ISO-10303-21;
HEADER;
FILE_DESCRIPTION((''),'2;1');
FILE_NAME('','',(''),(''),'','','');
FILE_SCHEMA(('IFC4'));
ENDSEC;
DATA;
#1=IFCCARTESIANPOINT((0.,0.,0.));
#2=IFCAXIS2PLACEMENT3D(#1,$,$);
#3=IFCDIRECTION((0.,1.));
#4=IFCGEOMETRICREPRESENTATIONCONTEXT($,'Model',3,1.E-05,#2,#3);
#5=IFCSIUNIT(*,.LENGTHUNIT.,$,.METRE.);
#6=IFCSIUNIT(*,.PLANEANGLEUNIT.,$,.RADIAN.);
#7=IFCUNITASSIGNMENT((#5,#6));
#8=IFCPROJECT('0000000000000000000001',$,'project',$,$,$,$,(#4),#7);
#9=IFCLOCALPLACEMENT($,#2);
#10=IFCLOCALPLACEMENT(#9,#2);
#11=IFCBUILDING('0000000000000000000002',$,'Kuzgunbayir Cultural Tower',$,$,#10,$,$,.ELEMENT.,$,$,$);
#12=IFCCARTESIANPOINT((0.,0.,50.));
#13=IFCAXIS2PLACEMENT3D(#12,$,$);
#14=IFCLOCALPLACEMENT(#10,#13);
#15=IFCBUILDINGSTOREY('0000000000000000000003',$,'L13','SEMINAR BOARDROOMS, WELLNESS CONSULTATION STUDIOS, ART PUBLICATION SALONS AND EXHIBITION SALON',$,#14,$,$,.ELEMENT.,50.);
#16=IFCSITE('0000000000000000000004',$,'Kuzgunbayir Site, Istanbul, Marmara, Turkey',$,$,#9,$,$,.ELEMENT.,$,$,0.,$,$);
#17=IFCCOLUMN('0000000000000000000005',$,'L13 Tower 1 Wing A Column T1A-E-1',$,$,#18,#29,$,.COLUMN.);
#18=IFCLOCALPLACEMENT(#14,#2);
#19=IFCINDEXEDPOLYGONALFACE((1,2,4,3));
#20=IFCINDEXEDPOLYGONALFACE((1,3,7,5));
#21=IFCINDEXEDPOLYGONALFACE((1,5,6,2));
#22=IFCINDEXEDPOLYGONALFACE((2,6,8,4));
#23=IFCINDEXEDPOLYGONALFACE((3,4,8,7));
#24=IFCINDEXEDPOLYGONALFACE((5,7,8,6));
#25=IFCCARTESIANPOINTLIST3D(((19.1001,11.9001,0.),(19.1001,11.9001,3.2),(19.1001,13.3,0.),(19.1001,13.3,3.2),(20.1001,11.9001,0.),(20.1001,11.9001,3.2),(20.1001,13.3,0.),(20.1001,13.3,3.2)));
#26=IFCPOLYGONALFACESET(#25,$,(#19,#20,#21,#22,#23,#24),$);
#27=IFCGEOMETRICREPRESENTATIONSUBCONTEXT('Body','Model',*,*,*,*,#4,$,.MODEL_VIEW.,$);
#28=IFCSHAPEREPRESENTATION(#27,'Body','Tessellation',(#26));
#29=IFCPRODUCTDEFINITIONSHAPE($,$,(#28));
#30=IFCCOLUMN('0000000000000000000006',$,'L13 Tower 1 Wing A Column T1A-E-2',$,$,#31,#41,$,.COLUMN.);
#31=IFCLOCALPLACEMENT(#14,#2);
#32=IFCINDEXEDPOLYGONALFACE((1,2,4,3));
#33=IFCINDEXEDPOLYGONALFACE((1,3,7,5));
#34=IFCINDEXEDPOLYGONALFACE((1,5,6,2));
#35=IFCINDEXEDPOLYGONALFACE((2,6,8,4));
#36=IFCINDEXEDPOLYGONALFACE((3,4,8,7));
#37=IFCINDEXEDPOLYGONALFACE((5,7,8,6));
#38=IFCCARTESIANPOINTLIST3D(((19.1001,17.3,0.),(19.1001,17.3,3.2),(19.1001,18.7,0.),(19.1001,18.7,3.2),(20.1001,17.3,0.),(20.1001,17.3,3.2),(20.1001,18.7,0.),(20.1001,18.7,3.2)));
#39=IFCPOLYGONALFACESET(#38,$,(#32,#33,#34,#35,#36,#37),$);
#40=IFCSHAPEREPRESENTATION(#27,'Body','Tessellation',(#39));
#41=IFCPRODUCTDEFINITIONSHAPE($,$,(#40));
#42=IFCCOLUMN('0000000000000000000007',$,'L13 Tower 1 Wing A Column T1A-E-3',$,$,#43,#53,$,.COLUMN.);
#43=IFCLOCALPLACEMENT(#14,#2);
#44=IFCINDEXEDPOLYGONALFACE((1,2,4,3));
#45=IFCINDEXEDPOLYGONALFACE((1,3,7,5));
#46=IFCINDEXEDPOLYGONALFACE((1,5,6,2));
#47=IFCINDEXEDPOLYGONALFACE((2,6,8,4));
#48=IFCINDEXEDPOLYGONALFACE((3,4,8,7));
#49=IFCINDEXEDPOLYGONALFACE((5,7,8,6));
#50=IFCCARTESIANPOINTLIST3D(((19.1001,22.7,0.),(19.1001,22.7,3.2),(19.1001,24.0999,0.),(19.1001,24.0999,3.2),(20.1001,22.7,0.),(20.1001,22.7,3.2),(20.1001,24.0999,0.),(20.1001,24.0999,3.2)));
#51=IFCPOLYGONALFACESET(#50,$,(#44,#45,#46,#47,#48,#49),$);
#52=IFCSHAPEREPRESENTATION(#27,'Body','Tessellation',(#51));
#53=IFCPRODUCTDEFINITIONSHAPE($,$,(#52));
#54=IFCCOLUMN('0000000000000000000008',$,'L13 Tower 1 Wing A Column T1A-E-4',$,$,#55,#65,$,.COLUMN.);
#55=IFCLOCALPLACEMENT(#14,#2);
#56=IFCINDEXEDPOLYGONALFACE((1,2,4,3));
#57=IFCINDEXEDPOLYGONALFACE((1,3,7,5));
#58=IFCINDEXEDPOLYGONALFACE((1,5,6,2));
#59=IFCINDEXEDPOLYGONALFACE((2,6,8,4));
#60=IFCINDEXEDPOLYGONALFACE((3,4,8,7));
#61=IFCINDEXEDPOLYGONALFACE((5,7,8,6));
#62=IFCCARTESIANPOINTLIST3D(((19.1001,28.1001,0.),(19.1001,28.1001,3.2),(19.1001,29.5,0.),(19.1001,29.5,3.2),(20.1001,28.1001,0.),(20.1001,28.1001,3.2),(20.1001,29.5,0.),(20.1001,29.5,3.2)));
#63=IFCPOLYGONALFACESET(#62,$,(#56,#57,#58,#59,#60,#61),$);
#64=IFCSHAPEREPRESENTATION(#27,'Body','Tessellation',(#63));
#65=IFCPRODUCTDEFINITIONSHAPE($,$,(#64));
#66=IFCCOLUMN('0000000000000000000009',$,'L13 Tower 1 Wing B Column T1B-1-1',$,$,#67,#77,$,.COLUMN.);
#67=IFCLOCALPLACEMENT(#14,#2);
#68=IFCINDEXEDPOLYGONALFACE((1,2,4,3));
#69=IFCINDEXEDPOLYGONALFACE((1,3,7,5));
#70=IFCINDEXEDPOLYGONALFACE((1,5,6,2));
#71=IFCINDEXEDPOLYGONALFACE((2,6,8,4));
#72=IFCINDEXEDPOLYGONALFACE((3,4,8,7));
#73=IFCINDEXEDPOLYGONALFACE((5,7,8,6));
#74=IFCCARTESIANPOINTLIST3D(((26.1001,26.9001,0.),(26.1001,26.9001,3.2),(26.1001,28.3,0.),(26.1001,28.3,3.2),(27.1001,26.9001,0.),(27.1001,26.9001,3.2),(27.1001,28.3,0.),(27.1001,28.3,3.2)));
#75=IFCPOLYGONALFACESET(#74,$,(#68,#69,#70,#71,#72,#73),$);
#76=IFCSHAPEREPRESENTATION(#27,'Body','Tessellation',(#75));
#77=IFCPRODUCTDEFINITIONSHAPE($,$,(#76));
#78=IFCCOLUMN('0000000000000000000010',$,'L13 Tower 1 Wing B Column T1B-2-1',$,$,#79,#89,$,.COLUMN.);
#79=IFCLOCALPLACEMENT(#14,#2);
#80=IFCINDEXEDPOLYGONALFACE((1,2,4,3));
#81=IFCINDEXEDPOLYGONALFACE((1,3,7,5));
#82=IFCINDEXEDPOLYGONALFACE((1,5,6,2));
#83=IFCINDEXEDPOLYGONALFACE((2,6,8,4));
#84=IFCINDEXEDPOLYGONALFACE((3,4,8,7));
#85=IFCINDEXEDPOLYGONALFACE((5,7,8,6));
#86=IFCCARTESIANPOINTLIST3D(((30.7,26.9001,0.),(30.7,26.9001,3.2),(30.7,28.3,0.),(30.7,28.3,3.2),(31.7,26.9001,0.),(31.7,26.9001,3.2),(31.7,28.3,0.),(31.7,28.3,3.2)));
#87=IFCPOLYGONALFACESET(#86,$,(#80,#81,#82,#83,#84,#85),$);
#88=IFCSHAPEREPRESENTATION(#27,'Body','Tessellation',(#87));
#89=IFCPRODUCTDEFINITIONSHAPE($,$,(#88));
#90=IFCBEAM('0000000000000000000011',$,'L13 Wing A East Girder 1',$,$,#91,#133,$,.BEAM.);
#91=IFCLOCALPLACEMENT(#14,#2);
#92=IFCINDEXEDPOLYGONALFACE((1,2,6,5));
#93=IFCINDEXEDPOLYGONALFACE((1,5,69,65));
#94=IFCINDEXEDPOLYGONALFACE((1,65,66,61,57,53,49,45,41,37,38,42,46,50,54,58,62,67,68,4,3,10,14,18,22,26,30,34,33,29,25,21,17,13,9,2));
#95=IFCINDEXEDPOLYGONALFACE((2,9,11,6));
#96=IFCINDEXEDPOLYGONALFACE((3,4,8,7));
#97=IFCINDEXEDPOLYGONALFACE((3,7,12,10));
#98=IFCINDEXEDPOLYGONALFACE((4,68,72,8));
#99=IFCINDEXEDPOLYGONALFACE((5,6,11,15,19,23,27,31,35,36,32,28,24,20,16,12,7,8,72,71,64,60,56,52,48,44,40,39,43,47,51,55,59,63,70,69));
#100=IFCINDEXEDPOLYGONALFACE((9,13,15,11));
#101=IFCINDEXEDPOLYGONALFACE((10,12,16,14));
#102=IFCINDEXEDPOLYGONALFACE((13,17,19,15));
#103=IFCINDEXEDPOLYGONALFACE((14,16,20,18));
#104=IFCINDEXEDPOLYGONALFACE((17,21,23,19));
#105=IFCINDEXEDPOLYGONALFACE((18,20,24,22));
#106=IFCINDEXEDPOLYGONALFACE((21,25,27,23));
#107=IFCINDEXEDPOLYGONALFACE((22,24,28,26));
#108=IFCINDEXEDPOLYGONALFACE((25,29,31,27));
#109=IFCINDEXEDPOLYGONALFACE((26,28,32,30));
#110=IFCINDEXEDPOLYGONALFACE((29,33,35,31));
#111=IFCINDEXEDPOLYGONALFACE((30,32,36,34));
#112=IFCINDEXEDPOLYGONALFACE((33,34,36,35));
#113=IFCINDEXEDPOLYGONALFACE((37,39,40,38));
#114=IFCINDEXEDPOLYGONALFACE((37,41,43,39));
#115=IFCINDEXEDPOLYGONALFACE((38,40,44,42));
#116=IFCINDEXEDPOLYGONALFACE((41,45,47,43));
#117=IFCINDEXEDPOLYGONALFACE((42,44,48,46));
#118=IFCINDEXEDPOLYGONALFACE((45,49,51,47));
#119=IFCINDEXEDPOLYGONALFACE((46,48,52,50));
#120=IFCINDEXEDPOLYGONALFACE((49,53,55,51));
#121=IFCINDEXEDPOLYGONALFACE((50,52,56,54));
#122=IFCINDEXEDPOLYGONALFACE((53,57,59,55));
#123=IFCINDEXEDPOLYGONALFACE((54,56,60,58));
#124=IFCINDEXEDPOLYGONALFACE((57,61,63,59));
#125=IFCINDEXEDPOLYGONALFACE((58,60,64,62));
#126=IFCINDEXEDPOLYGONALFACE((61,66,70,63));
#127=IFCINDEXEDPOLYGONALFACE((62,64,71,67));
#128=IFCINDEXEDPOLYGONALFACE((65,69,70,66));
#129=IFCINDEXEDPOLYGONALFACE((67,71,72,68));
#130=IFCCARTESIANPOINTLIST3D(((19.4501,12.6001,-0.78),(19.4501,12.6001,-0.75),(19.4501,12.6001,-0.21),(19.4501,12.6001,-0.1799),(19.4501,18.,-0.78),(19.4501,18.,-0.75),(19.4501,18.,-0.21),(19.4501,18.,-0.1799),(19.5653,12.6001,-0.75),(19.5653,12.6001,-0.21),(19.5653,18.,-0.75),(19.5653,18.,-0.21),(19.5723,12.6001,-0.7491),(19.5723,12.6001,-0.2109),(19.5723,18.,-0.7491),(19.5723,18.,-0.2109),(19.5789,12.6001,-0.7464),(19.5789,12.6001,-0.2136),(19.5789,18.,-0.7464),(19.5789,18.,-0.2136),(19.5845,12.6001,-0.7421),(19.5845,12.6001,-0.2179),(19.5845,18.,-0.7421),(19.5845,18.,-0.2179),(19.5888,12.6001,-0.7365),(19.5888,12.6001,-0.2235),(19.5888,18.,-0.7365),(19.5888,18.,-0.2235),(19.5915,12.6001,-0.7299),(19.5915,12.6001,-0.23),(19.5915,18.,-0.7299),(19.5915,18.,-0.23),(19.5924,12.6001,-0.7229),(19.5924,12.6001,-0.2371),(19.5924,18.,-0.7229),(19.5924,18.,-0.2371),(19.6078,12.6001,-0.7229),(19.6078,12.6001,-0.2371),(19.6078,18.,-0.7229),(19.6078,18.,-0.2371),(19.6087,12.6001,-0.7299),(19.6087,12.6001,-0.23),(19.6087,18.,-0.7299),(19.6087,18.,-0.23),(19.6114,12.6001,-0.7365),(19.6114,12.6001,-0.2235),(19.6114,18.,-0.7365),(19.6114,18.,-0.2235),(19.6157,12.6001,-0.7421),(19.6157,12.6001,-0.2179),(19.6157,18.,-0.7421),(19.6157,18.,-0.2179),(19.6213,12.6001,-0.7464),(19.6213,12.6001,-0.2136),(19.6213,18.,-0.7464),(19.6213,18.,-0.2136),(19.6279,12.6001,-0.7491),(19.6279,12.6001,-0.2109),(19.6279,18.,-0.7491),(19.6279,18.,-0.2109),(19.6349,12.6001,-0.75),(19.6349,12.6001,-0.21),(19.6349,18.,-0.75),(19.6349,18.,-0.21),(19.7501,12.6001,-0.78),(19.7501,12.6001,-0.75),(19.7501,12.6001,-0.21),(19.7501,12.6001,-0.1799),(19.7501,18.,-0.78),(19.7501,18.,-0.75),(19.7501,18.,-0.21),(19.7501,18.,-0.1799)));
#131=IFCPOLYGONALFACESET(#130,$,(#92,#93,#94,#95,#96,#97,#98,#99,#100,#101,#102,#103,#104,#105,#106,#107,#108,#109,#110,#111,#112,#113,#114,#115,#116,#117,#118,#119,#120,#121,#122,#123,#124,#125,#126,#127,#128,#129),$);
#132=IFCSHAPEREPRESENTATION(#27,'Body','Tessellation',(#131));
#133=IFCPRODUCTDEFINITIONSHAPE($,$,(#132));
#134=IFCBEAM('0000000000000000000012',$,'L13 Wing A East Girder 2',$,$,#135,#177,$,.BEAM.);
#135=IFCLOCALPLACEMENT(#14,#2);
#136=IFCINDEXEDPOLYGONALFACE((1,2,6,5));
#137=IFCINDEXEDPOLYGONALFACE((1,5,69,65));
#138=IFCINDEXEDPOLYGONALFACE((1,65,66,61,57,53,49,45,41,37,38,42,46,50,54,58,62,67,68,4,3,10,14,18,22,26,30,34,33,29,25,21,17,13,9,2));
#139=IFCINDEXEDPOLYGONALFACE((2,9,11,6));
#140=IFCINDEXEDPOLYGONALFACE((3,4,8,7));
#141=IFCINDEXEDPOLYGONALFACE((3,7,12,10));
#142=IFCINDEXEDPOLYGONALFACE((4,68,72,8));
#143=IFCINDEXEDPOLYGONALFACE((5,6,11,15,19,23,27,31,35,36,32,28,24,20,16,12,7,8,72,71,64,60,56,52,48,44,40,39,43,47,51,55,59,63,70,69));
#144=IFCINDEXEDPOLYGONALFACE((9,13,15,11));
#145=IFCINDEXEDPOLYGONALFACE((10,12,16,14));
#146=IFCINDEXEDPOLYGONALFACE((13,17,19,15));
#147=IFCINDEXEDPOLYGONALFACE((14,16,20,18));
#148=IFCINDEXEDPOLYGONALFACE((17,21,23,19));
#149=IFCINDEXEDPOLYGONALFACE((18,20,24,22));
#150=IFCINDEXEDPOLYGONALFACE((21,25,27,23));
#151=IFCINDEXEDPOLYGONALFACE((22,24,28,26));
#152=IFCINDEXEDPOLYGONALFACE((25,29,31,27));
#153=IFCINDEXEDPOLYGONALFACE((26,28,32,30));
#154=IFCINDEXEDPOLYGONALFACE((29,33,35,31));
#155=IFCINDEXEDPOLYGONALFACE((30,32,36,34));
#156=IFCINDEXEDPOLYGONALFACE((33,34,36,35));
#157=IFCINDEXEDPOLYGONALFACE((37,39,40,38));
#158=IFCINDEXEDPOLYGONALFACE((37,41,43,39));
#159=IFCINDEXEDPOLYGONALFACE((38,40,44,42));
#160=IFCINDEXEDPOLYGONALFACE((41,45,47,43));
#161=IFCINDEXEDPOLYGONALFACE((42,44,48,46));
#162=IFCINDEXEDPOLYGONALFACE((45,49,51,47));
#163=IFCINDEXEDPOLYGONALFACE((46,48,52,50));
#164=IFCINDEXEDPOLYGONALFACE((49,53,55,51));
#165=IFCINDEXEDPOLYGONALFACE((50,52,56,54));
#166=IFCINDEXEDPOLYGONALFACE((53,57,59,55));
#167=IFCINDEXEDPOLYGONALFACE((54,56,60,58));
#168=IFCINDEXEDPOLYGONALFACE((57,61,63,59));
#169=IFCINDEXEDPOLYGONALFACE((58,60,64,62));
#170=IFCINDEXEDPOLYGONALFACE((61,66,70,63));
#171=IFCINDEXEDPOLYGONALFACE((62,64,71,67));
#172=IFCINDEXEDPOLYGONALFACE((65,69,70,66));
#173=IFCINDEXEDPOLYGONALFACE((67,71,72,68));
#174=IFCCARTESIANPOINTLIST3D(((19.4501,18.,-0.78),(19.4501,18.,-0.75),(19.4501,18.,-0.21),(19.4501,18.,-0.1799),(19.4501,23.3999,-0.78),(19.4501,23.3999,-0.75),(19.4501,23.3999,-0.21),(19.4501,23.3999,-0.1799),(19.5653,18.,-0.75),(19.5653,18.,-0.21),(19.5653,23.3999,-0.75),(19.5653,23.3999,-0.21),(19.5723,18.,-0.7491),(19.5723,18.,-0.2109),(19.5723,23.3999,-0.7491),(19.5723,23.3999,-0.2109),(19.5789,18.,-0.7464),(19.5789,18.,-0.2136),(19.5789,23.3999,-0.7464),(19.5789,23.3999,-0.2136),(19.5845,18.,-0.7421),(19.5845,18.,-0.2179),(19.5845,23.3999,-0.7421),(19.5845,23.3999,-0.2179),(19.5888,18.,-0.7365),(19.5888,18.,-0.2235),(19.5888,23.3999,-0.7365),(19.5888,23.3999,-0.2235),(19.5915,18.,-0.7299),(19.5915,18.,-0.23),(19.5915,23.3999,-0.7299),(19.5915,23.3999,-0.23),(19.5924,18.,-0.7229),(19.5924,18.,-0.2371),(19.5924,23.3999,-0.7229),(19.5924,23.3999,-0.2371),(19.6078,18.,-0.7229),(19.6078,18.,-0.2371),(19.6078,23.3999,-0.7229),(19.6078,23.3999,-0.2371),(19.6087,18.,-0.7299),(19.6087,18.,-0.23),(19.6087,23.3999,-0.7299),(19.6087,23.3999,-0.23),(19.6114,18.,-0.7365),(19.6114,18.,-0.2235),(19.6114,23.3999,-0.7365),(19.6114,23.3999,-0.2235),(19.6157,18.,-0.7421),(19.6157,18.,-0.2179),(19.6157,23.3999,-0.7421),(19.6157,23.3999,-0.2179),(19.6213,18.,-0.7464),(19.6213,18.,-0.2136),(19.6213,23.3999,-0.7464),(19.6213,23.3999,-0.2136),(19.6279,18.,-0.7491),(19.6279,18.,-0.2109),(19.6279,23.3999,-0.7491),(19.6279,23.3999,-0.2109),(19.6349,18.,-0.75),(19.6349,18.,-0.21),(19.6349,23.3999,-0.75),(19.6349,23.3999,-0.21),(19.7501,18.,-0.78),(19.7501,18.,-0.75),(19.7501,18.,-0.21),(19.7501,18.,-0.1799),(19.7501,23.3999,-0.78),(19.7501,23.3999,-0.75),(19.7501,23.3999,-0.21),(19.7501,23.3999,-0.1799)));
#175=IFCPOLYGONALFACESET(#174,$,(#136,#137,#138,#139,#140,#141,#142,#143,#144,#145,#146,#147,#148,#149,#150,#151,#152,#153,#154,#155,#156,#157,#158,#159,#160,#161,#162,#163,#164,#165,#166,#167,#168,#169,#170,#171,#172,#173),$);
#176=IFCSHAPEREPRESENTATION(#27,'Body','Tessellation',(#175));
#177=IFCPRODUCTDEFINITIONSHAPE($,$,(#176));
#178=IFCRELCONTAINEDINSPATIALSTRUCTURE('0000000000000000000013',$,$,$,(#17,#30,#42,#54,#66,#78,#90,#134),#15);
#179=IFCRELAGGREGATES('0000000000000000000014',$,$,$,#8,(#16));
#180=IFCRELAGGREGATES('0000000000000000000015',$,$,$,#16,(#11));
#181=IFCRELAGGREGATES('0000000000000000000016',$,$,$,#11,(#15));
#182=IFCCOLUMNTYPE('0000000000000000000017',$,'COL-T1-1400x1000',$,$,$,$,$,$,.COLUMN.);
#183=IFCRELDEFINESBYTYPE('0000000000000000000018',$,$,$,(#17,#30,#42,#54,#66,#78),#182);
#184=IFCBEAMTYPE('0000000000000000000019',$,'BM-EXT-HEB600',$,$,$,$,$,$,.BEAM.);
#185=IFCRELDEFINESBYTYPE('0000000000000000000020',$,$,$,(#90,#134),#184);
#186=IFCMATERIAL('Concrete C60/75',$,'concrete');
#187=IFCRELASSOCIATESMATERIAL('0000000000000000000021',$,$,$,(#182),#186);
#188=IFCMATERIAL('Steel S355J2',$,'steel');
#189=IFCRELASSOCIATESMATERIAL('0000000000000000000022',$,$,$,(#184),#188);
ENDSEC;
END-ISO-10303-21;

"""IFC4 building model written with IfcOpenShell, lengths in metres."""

from ifc_helpers import new_model, si_unit, direction, frame, origin, origin_2d, place, context, subcontext, project, spatial, rectangle, i_section, extrude, material, material_profile, profile_set, type_object, element, save


model = new_model("IFC4")

# Units and contexts
model_context = context("Model", 3, precision=1e-05, world=origin(), true_north=direction((0.0, 1.0)))
body_context = subcontext(model_context, "Body", "Model", "MODEL_VIEW")
ifc_project = project(units=[si_unit("LENGTHUNIT", "METRE"), si_unit("PLANEANGLEUNIT", "RADIAN")], contexts=[model_context])

# Site, building, storey
site_placement = place(None, origin())
site = spatial("IfcSite", under=ifc_project, at=site_placement, Name="Kuzgunbayir Site, Istanbul, Marmara, Turkey", CompositionType="ELEMENT", RefElevation=0.0)
building_placement = place(site_placement, origin())
building = spatial("IfcBuilding", under=site, at=building_placement, Name="Kuzgunbayir Cultural Tower", CompositionType="ELEMENT")
storey_placement = place(building_placement, frame((0.0, 0.0, 50.0)))
storey = spatial("IfcBuildingStorey", under=building, at=storey_placement, Name="L13", Description="SEMINAR BOARDROOMS, WELLNESS CONSULTATION STUDIOS, ART PUBLICATION SALONS AND EXHIBITION SALON", CompositionType="ELEMENT", Elevation=50.0)

# Columns
ifc_material_1 = material(Name="Concrete C60/75", Category="concrete")
ifc_material_profile_1 = material_profile(ifc_material_1, rectangle(XDim=1.0, YDim=1.3999, at=origin_2d()), Name="RC 1400x1000")
ifc_profile_set_1 = profile_set([ifc_material_profile_1], Name="Concrete C60/75")
column_type = type_object("IfcColumnType", Name="COL-T1-1400x1000", PredefinedType="COLUMN", material=ifc_profile_set_1)
for number, where, z_axis, x_axis, name in (
    (1, (19.6001, 12.6001, 0.0), (0.0, 0.0, 1.0), (1.0, 0.0, 0.0), "L13 Tower 1 Wing A Column T1A-E-1"),
    (2, (19.6001, 18.0, 0.0), (0.0, 0.0, 1.0), (1.0, 0.0, 0.0), "L13 Tower 1 Wing A Column T1A-E-2"),
    (3, (19.6001, 23.3999, 0.0), (0.0, 0.0, 1.0), (1.0, 0.0, 0.0), "L13 Tower 1 Wing A Column T1A-E-3"),
    (4, (19.6001, 28.8, 0.0), (0.0, 0.0, 1.0), (1.0, 0.0, 0.0), "L13 Tower 1 Wing A Column T1A-E-4"),
    (5, (26.6001, 27.6001, 0.0), (0.0, 0.0, 1.0), (1.0, 0.0, 0.0), "L13 Tower 1 Wing B Column T1B-1-1"),
    (6, (31.2, 27.6001, 0.0), (0.0, 0.0, 1.0), (1.0, 0.0, 0.0), "L13 Tower 1 Wing B Column T1B-2-1"),
):
    element("IfcColumn", number, at=place(storey_placement, frame(where, z_axis=z_axis, x_axis=x_axis)), inside=storey, type_object=column_type, Name=name, PredefinedType="COLUMN", context=body_context, shape_type="SweptSolid", body=[
        extrude(rectangle(XDim=1.0, YDim=1.3999, at=origin_2d()), origin(), (0.0, 0.0, 1.0), 3.2),
    ])

# Beams
ifc_material_2 = material(Name="Steel S355J2", Category="steel")
ifc_material_profile_2 = material_profile(ifc_material_2, i_section(OverallWidth=0.3, OverallDepth=0.6001, WebThickness=0.0154, FlangeThickness=0.03, FilletRadius=0.0271, at=origin_2d()), Name="HEB 600")
ifc_profile_set_2 = profile_set([ifc_material_profile_2], Name="Steel S355J2")
beam_type_1 = type_object("IfcBeamType", Name="BM-EXT-HEB600", PredefinedType="BEAM", material=ifc_profile_set_2)
for number, where, z_axis, x_axis, name in (
    (7, (19.6001, 12.6001, -0.48), (0.0, 1.0, 0.0), (-1.0, 0.0, 0.0), "L13 Wing A East Girder 1"),
    (8, (19.6001, 18.0, -0.48), (0.0, 1.0, 0.0), (-1.0, 0.0, 0.0), "L13 Wing A East Girder 2"),
):
    element("IfcBeam", number, at=place(storey_placement, frame(where, z_axis=z_axis, x_axis=x_axis)), inside=storey, type_object=beam_type_1, Name=name, PredefinedType="BEAM", context=body_context, shape_type="SweptSolid", body=[
        extrude(i_section(OverallWidth=0.3, OverallDepth=0.6001, WebThickness=0.0154, FlangeThickness=0.03, FilletRadius=0.0271, at=origin_2d()), origin(), (0.0, 0.0, 1.0), 5.3999),
    ])

save(model, "model.ifc")
